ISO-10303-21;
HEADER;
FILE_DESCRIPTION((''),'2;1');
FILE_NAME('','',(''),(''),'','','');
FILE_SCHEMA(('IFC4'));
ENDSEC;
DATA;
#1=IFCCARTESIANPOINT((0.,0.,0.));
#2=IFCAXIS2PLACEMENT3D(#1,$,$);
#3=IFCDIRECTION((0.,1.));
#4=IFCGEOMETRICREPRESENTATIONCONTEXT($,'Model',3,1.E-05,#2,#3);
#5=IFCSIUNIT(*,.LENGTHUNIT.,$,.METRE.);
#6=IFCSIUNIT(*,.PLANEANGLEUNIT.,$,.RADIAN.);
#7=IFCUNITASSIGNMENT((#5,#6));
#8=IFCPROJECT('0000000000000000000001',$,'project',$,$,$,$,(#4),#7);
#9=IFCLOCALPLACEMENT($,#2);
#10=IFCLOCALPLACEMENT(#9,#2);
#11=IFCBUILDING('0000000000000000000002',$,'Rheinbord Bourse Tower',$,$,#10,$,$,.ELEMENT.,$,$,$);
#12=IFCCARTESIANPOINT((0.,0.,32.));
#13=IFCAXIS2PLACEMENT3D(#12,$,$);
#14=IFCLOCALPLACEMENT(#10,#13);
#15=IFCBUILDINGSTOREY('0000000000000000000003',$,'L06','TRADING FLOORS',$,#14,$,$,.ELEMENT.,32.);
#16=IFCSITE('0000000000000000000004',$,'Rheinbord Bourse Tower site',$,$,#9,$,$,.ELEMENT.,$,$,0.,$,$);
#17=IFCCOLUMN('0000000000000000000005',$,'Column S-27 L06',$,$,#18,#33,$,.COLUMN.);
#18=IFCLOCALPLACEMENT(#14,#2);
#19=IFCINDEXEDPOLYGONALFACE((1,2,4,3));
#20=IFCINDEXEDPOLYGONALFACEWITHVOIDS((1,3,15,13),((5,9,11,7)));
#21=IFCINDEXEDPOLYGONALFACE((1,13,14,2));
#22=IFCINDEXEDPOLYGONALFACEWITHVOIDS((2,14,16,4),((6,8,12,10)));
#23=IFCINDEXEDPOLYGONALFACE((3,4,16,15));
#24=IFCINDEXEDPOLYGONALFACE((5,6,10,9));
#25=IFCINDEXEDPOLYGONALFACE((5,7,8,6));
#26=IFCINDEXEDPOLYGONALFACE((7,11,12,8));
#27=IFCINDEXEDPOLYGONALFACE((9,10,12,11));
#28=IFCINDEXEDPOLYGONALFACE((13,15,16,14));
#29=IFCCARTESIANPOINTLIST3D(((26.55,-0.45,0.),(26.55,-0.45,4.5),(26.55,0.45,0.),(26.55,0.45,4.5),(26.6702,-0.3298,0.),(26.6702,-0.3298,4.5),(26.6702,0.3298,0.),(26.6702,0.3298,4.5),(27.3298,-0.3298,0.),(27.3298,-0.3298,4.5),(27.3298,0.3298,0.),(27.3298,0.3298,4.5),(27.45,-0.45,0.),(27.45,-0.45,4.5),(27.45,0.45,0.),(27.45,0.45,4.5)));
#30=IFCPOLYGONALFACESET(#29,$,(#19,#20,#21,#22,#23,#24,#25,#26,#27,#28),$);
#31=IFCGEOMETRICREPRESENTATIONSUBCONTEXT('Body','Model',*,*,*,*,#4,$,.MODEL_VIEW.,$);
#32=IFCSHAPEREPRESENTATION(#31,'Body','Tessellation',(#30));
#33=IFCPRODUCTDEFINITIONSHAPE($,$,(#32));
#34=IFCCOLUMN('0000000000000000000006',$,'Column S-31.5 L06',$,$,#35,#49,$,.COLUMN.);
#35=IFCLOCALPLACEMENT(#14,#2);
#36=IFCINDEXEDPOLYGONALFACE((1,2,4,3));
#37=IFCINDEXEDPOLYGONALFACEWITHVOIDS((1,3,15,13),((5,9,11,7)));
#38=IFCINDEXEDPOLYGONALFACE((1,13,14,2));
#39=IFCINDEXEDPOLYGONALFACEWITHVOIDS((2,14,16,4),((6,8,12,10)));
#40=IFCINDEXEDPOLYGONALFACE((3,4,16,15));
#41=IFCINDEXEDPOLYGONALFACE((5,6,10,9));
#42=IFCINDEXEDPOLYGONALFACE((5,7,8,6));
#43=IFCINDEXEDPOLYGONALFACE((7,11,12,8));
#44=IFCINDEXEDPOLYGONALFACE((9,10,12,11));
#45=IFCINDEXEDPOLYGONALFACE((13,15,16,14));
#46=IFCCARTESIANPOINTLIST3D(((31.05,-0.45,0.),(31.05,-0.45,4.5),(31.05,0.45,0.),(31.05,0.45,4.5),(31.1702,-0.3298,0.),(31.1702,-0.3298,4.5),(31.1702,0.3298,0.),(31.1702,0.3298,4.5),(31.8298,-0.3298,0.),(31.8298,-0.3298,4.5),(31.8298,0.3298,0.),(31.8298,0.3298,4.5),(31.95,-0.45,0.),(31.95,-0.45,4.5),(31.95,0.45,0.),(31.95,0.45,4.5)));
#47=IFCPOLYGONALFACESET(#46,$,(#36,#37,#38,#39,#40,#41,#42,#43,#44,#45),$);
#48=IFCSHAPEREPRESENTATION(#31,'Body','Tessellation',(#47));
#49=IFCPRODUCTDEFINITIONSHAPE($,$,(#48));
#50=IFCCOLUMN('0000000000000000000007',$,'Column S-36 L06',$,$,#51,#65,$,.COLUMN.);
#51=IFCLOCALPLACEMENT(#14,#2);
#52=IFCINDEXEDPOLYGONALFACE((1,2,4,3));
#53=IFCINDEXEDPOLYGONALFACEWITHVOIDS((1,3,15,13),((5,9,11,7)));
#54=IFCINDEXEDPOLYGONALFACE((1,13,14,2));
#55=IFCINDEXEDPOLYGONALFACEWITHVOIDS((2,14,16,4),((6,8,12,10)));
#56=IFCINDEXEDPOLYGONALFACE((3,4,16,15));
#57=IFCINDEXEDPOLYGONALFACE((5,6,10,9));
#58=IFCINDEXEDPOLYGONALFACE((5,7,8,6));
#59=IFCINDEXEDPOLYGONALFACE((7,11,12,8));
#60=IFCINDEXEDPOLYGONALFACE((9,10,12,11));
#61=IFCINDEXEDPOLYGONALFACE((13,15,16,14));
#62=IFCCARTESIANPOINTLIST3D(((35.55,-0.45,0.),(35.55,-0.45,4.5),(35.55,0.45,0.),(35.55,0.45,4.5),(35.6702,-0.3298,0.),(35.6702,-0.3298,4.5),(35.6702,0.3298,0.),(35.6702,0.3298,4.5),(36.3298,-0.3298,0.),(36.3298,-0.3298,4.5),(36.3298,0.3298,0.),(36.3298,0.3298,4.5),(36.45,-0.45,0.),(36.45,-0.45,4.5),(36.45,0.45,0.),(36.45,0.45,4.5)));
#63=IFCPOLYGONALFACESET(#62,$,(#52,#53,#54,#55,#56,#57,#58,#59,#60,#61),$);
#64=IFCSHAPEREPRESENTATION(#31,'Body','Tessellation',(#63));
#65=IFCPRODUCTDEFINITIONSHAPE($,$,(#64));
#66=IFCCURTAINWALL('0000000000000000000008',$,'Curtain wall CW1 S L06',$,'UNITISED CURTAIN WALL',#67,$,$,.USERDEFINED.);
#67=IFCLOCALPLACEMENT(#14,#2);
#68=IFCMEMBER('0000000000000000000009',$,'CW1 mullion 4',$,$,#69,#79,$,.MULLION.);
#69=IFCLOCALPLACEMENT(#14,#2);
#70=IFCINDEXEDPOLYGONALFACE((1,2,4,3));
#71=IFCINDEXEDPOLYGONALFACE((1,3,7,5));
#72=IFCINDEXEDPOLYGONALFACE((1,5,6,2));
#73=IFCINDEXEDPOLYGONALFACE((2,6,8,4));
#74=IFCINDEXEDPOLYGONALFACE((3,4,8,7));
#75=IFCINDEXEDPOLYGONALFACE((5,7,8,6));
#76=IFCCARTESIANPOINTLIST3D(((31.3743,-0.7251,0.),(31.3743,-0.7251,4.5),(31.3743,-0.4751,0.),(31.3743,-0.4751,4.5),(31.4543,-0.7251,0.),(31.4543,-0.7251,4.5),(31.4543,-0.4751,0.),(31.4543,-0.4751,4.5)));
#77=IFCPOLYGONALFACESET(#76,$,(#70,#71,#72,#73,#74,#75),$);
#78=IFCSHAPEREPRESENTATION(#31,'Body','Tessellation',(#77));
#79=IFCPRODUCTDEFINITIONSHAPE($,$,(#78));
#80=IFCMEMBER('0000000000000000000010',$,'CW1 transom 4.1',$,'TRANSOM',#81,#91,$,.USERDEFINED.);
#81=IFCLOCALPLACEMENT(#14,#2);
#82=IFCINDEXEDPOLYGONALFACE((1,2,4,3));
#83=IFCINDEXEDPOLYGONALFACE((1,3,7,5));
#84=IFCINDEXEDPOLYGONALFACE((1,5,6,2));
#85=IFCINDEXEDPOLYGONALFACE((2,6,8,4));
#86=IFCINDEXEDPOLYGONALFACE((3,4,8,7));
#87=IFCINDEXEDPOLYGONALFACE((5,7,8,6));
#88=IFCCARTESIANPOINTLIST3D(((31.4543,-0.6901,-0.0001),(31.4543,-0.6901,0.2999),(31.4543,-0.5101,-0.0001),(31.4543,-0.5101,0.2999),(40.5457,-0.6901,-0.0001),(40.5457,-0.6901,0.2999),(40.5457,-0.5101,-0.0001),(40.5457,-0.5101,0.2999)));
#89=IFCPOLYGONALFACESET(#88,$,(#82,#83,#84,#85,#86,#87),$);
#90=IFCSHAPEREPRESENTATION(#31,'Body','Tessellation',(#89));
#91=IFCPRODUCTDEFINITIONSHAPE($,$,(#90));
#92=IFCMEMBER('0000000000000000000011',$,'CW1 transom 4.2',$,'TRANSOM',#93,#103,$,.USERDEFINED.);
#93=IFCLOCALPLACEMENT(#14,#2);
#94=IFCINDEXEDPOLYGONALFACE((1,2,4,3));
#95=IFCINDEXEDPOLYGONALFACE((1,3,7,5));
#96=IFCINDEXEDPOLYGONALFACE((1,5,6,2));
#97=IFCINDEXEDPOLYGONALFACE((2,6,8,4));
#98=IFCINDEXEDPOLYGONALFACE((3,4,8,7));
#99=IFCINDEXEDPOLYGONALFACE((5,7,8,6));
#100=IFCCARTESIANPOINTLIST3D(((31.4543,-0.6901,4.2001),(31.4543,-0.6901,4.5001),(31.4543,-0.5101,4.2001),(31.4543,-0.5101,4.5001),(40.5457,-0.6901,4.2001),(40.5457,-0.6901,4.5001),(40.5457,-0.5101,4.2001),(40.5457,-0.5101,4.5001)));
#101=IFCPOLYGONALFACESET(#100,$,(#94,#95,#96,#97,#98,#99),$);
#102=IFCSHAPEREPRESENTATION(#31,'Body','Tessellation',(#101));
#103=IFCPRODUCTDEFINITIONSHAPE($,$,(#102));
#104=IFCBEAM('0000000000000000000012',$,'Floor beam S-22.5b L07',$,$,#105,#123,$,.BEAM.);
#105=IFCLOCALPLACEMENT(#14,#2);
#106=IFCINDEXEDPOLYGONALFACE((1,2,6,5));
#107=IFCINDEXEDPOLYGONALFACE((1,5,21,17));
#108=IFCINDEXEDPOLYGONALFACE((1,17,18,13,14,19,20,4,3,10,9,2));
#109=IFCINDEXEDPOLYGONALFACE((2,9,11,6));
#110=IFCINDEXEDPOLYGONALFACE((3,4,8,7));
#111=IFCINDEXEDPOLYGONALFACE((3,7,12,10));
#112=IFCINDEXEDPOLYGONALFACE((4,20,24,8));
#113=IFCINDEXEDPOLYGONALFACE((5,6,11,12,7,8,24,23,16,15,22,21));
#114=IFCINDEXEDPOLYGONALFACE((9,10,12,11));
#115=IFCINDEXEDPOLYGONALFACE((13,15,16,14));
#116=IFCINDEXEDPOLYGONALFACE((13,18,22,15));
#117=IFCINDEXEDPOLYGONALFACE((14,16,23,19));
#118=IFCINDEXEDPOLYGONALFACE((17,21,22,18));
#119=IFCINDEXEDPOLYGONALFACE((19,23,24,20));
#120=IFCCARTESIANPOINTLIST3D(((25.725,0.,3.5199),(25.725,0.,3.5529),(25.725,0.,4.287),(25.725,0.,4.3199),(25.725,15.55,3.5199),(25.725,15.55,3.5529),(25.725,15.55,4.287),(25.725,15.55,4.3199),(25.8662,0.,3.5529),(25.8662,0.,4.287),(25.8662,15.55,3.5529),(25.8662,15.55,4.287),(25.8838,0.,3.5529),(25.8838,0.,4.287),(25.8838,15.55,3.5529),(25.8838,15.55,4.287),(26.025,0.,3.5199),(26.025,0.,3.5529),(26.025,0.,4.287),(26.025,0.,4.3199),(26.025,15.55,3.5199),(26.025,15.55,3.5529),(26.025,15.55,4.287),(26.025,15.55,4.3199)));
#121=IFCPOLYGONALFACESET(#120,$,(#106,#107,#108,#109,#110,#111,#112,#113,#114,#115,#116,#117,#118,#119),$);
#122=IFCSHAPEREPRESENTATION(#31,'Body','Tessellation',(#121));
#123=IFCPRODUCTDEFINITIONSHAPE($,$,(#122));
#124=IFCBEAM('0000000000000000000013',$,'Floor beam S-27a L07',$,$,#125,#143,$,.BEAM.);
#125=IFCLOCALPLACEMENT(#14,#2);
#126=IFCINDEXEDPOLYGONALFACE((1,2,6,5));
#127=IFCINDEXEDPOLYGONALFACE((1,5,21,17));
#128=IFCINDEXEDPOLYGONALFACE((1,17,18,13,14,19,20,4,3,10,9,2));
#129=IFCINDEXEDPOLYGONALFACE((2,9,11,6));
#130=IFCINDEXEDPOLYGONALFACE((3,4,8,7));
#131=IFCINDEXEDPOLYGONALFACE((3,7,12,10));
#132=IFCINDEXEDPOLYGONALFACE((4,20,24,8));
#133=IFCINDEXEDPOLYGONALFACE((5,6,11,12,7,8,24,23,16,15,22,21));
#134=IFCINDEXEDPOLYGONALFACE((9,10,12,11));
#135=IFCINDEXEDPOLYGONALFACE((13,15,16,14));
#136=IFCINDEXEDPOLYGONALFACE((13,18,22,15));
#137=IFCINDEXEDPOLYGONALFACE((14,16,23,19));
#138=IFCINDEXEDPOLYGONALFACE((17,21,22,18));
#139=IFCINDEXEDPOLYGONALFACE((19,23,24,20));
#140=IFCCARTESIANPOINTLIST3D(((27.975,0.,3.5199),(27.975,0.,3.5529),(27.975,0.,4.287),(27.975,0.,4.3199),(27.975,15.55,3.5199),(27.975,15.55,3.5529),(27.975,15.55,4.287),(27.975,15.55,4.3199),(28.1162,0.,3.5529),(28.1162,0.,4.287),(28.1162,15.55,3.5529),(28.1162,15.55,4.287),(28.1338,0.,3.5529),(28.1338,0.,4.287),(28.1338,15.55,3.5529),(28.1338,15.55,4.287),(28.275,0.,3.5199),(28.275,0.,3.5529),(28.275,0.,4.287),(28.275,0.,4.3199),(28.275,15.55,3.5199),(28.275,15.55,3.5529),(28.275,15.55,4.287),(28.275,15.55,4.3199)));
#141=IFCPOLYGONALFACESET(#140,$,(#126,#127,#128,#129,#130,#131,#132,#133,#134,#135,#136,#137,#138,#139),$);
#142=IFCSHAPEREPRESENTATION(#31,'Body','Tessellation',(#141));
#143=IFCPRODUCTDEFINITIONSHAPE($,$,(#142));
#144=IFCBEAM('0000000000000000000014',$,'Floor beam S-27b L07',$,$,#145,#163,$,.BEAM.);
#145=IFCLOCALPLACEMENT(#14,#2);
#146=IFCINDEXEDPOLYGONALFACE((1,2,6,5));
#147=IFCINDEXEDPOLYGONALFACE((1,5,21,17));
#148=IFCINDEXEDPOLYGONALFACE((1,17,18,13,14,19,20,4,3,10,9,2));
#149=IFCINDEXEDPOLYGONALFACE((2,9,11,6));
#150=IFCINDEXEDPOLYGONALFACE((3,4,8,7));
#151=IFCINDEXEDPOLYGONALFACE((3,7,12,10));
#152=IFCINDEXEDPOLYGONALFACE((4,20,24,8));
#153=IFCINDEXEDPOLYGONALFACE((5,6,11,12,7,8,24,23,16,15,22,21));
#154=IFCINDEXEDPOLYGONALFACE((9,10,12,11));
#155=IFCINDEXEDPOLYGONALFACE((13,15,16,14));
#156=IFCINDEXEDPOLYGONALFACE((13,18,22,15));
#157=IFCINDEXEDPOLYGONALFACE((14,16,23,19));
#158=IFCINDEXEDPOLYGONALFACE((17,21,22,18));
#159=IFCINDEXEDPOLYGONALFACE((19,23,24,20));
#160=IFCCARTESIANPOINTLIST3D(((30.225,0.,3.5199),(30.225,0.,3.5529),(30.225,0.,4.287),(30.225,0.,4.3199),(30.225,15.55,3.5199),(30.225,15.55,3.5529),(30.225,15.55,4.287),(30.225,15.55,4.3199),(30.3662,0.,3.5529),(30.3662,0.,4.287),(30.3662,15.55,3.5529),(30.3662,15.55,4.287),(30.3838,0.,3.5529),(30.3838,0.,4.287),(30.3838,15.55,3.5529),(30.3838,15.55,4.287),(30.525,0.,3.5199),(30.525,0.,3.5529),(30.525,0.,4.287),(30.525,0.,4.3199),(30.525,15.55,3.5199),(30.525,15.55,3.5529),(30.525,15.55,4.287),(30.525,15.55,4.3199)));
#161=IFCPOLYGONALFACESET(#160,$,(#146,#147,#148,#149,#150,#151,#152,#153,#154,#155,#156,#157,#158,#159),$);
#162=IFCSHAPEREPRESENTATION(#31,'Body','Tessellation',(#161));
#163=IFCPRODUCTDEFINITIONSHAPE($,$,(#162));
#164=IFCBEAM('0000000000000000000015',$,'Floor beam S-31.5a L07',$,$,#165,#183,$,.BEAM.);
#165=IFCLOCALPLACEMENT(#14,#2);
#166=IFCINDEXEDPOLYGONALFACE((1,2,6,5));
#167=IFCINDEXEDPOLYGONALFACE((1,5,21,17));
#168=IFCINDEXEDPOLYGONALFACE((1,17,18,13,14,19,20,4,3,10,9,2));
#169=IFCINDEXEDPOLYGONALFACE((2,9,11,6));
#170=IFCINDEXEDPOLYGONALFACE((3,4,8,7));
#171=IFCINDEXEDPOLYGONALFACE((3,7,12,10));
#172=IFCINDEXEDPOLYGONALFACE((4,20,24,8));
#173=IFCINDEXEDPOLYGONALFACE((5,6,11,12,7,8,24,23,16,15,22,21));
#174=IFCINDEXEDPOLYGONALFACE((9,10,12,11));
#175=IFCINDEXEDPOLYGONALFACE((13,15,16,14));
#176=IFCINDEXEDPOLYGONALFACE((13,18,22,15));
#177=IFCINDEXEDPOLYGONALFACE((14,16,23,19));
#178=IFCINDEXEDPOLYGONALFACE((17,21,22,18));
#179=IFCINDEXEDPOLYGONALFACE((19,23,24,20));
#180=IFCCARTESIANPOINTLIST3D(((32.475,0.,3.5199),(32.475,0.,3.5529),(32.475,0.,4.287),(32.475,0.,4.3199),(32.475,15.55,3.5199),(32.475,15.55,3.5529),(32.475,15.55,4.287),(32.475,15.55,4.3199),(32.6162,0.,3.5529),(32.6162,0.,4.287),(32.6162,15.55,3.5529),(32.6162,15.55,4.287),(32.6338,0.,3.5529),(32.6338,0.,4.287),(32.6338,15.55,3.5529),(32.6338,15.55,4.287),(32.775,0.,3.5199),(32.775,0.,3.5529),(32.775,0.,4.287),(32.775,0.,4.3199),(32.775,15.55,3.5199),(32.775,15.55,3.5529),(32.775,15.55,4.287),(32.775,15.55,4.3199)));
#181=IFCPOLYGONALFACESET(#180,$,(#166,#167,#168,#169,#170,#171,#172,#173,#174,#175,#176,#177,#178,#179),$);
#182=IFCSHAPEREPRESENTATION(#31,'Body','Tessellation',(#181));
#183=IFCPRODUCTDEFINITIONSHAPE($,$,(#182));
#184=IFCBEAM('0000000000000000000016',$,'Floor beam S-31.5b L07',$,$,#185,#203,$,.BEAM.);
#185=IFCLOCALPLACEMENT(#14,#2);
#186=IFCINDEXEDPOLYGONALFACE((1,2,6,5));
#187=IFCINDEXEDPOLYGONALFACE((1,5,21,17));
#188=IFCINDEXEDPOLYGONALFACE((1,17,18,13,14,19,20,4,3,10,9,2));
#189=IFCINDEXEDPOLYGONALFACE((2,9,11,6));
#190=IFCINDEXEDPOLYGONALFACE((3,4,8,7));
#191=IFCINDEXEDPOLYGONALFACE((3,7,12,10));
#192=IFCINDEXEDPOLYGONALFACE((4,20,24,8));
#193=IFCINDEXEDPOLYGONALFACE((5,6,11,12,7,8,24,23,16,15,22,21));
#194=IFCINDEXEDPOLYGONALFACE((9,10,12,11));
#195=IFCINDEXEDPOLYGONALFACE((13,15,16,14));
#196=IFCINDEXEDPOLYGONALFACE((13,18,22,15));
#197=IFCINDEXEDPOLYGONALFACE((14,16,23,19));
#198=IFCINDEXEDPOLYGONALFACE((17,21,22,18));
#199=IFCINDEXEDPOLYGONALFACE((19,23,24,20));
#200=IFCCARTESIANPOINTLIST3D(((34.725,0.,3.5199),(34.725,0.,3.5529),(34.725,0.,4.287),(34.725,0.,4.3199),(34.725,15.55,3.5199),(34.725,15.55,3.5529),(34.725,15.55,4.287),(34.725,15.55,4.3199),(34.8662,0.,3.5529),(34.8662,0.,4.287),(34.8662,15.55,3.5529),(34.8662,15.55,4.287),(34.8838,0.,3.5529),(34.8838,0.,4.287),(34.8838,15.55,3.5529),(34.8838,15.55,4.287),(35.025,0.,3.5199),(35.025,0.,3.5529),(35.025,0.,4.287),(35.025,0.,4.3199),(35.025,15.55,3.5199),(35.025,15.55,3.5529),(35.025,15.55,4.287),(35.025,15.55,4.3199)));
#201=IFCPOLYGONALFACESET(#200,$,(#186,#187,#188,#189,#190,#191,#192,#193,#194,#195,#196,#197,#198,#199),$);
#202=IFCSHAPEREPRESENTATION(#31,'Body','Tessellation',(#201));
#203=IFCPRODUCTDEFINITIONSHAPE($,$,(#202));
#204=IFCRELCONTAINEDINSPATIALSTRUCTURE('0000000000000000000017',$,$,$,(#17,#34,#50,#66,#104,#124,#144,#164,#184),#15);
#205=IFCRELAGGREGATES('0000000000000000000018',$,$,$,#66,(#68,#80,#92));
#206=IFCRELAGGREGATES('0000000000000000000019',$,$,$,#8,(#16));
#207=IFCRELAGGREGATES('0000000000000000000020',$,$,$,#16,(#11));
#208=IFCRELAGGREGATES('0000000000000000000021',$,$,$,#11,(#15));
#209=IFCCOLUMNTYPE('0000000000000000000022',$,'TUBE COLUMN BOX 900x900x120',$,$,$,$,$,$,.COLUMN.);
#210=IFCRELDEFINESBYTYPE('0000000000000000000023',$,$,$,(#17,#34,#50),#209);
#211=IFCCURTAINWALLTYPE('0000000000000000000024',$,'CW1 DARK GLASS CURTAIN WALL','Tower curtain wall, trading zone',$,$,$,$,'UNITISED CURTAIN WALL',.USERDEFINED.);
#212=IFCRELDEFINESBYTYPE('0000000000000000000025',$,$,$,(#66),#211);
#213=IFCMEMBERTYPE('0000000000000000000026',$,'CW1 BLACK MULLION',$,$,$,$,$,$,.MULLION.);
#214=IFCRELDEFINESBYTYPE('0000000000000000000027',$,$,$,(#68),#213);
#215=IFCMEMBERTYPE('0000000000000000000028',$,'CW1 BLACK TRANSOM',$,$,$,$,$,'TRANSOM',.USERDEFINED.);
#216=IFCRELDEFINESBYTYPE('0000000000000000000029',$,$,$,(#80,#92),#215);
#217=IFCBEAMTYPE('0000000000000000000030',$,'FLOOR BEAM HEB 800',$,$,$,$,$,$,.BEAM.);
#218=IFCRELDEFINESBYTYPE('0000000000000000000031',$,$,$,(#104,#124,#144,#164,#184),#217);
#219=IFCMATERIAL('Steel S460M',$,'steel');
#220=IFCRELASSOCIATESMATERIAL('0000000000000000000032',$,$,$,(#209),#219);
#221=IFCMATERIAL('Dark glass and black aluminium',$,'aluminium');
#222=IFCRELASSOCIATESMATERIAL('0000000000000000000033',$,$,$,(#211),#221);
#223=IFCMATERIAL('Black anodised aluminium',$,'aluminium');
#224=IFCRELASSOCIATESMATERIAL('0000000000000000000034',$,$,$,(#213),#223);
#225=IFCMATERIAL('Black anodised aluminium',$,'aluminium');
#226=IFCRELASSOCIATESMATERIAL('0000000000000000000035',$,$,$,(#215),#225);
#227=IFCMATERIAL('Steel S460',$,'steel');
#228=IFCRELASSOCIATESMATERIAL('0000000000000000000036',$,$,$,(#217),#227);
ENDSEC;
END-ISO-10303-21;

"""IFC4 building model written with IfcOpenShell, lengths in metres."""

from ifc_helpers import new_model, si_unit, direction, frame, origin, origin_2d, place, context, subcontext, project, spatial, rectangle, hollow_rectangle, i_section, extrude, material, material_profile, profile_set, type_object, element, aggregate, save


model = new_model("IFC4")

# Units and contexts
model_context = context("Model", 3, precision=1e-05, world=origin(), true_north=direction((0.0, 1.0)))
body_context = subcontext(model_context, "Body", "Model", "MODEL_VIEW")
ifc_project = project(units=[si_unit("LENGTHUNIT", "METRE"), si_unit("PLANEANGLEUNIT", "RADIAN")], contexts=[model_context])

# Site, building, storey
site_placement = place(None, origin())
site = spatial("IfcSite", under=ifc_project, at=site_placement, Name="Rheinbord Bourse Tower site", CompositionType="ELEMENT", RefElevation=0.0)
building_placement = place(site_placement, origin())
building = spatial("IfcBuilding", under=site, at=building_placement, Name="Rheinbord Bourse Tower", CompositionType="ELEMENT")
storey_placement = place(building_placement, frame((0.0, 0.0, 32.0)))
storey = spatial("IfcBuildingStorey", under=building, at=storey_placement, Name="L06", Description="TRADING FLOORS", CompositionType="ELEMENT", Elevation=32.0)

# Columns
ifc_material_1 = material(Name="Steel S460M", Category="steel")
ifc_material_profile_1 = material_profile(ifc_material_1, hollow_rectangle(XDim=0.8999, YDim=0.8999, WallThickness=0.1201, at=origin_2d()), Name="BOX 900x900x120")
ifc_profile_set_1 = profile_set([ifc_material_profile_1], Name="Steel S460M")
column_type = type_object("IfcColumnType", Name="TUBE COLUMN BOX 900x900x120", PredefinedType="COLUMN", material=ifc_profile_set_1)
for number, where, z_axis, x_axis, name in (
    (1, (27.0, 0.0, 0.0), (0.0, 0.0, 1.0), (0.0, 1.0, 0.0), "Column S-27 L06"),
    (2, (31.5, 0.0, 0.0), (0.0, 0.0, 1.0), (0.0, 1.0, 0.0), "Column S-31.5 L06"),
    (3, (36.0, 0.0, 0.0), (0.0, 0.0, 1.0), (0.0, 1.0, 0.0), "Column S-36 L06"),
):
    element("IfcColumn", number, at=place(storey_placement, frame(where, z_axis=z_axis, x_axis=x_axis)), inside=storey, type_object=column_type, Name=name, PredefinedType="COLUMN", context=body_context, shape_type="SweptSolid", body=[
        extrude(hollow_rectangle(XDim=0.8999, YDim=0.8999, WallThickness=0.1201, at=origin_2d()), origin(), (0.0, 0.0, 1.0), 4.5),
    ])

# Curtain wall, members
ifc_material_2 = material(Name="Dark glass and black aluminium", Category="aluminium")
curtain_wall_type = type_object("IfcCurtainWallType", Name="CW1 DARK GLASS CURTAIN WALL", Description="Tower curtain wall, trading zone", ElementType="UNITISED CURTAIN WALL", PredefinedType="USERDEFINED", material=ifc_material_2)
curtain_wall_placement = place(storey_placement, origin())
curtain_wall = element("IfcCurtainWall", 4, at=curtain_wall_placement, inside=storey, type_object=curtain_wall_type, Name="Curtain wall CW1 S L06", ObjectType="UNITISED CURTAIN WALL", PredefinedType="USERDEFINED")
ifc_material_3 = material(Name="Black anodised aluminium", Category="aluminium")
ifc_material_profile_2 = material_profile(ifc_material_3, rectangle(XDim=0.25, YDim=0.0801, at=origin_2d()), Name="CW1 MULLION 80x250")
ifc_profile_set_2 = profile_set([ifc_material_profile_2], Name="Black anodised aluminium")
member_type_1 = type_object("IfcMemberType", Name="CW1 BLACK MULLION", PredefinedType="MULLION", material=ifc_profile_set_2)
member_1_placement = place(storey_placement, frame((31.4143, -0.6001, 0.0), z_axis=(0.0, 0.0, 1.0), x_axis=(0.0, 1.0, 0.0)))
member_1 = element("IfcMember", 5, at=member_1_placement, type_object=member_type_1, Name="CW1 mullion 4", PredefinedType="MULLION", context=body_context, shape_type="SweptSolid", body=[
    extrude(rectangle(XDim=0.25, YDim=0.0801, at=origin_2d()), origin(), (0.0, 0.0, 1.0), 4.5),
])
ifc_material_4 = material(Name="Black anodised aluminium", Category="aluminium")
ifc_material_profile_3 = material_profile(ifc_material_4, rectangle(XDim=0.1799, YDim=0.3, at=origin_2d()), Name="CW1 TRANSOM 300x180")
ifc_profile_set_3 = profile_set([ifc_material_profile_3], Name="Black anodised aluminium")
member_type_2 = type_object("IfcMemberType", Name="CW1 BLACK TRANSOM", ElementType="TRANSOM", PredefinedType="USERDEFINED", material=ifc_profile_set_3)
member_2_placement = place(storey_placement, frame((31.4543, -0.6001, 0.1499), z_axis=(1.0, 0.0, 0.0), x_axis=(0.0, 1.0, 0.0)))
member_2 = element("IfcMember", 6, at=member_2_placement, type_object=member_type_2, Name="CW1 transom 4.1", ObjectType="TRANSOM", PredefinedType="USERDEFINED", context=body_context, shape_type="SweptSolid", body=[
    extrude(rectangle(XDim=0.1799, YDim=0.3, at=origin_2d()), origin(), (0.0, 0.0, 1.0), 9.0913),
])
member_3_placement = place(storey_placement, frame((31.4543, -0.6001, 4.3501), z_axis=(1.0, 0.0, 0.0), x_axis=(0.0, 1.0, 0.0)))
member_3 = element("IfcMember", 7, at=member_3_placement, type_object=member_type_2, Name="CW1 transom 4.2", ObjectType="TRANSOM", PredefinedType="USERDEFINED", context=body_context, shape_type="SweptSolid", body=[
    extrude(rectangle(XDim=0.1799, YDim=0.3, at=origin_2d()), origin(), (0.0, 0.0, 1.0), 9.0913),
])

# Beams
ifc_material_5 = material(Name="Steel S460", Category="steel")
ifc_material_profile_4 = material_profile(ifc_material_5, i_section(OverallWidth=0.3, OverallDepth=0.8, WebThickness=0.0176, FlangeThickness=0.033, at=origin_2d()), Name="HEB 800")
ifc_profile_set_4 = profile_set([ifc_material_profile_4], Name="Steel S460")
beam_type_1 = type_object("IfcBeamType", Name="FLOOR BEAM HEB 800", PredefinedType="BEAM", material=ifc_profile_set_4)
for number, where, z_axis, x_axis, name in (
    (8, (25.875, 0.0, 3.9199), (0.0, 1.0, 0.0), (-1.0, 0.0, 0.0), "Floor beam S-22.5b L07"),
    (9, (28.125, 0.0, 3.9199), (0.0, 1.0, 0.0), (-1.0, 0.0, 0.0), "Floor beam S-27a L07"),
    (10, (30.375, 0.0, 3.9199), (0.0, 1.0, 0.0), (-1.0, 0.0, 0.0), "Floor beam S-27b L07"),
    (11, (32.625, 0.0, 3.9199), (0.0, 1.0, 0.0), (-1.0, 0.0, 0.0), "Floor beam S-31.5a L07"),
    (12, (34.875, 0.0, 3.9199), (0.0, 1.0, 0.0), (-1.0, 0.0, 0.0), "Floor beam S-31.5b L07"),
):
    element("IfcBeam", number, at=place(storey_placement, frame(where, z_axis=z_axis, x_axis=x_axis)), inside=storey, type_object=beam_type_1, Name=name, PredefinedType="BEAM", context=body_context, shape_type="SweptSolid", body=[
        extrude(i_section(OverallWidth=0.3, OverallDepth=0.8, WebThickness=0.0176, FlangeThickness=0.033, at=origin_2d()), origin(), (0.0, 0.0, 1.0), 15.55),
    ])

aggregate(curtain_wall, [member_1, member_2, member_3])

save(model, "model.ifc")
